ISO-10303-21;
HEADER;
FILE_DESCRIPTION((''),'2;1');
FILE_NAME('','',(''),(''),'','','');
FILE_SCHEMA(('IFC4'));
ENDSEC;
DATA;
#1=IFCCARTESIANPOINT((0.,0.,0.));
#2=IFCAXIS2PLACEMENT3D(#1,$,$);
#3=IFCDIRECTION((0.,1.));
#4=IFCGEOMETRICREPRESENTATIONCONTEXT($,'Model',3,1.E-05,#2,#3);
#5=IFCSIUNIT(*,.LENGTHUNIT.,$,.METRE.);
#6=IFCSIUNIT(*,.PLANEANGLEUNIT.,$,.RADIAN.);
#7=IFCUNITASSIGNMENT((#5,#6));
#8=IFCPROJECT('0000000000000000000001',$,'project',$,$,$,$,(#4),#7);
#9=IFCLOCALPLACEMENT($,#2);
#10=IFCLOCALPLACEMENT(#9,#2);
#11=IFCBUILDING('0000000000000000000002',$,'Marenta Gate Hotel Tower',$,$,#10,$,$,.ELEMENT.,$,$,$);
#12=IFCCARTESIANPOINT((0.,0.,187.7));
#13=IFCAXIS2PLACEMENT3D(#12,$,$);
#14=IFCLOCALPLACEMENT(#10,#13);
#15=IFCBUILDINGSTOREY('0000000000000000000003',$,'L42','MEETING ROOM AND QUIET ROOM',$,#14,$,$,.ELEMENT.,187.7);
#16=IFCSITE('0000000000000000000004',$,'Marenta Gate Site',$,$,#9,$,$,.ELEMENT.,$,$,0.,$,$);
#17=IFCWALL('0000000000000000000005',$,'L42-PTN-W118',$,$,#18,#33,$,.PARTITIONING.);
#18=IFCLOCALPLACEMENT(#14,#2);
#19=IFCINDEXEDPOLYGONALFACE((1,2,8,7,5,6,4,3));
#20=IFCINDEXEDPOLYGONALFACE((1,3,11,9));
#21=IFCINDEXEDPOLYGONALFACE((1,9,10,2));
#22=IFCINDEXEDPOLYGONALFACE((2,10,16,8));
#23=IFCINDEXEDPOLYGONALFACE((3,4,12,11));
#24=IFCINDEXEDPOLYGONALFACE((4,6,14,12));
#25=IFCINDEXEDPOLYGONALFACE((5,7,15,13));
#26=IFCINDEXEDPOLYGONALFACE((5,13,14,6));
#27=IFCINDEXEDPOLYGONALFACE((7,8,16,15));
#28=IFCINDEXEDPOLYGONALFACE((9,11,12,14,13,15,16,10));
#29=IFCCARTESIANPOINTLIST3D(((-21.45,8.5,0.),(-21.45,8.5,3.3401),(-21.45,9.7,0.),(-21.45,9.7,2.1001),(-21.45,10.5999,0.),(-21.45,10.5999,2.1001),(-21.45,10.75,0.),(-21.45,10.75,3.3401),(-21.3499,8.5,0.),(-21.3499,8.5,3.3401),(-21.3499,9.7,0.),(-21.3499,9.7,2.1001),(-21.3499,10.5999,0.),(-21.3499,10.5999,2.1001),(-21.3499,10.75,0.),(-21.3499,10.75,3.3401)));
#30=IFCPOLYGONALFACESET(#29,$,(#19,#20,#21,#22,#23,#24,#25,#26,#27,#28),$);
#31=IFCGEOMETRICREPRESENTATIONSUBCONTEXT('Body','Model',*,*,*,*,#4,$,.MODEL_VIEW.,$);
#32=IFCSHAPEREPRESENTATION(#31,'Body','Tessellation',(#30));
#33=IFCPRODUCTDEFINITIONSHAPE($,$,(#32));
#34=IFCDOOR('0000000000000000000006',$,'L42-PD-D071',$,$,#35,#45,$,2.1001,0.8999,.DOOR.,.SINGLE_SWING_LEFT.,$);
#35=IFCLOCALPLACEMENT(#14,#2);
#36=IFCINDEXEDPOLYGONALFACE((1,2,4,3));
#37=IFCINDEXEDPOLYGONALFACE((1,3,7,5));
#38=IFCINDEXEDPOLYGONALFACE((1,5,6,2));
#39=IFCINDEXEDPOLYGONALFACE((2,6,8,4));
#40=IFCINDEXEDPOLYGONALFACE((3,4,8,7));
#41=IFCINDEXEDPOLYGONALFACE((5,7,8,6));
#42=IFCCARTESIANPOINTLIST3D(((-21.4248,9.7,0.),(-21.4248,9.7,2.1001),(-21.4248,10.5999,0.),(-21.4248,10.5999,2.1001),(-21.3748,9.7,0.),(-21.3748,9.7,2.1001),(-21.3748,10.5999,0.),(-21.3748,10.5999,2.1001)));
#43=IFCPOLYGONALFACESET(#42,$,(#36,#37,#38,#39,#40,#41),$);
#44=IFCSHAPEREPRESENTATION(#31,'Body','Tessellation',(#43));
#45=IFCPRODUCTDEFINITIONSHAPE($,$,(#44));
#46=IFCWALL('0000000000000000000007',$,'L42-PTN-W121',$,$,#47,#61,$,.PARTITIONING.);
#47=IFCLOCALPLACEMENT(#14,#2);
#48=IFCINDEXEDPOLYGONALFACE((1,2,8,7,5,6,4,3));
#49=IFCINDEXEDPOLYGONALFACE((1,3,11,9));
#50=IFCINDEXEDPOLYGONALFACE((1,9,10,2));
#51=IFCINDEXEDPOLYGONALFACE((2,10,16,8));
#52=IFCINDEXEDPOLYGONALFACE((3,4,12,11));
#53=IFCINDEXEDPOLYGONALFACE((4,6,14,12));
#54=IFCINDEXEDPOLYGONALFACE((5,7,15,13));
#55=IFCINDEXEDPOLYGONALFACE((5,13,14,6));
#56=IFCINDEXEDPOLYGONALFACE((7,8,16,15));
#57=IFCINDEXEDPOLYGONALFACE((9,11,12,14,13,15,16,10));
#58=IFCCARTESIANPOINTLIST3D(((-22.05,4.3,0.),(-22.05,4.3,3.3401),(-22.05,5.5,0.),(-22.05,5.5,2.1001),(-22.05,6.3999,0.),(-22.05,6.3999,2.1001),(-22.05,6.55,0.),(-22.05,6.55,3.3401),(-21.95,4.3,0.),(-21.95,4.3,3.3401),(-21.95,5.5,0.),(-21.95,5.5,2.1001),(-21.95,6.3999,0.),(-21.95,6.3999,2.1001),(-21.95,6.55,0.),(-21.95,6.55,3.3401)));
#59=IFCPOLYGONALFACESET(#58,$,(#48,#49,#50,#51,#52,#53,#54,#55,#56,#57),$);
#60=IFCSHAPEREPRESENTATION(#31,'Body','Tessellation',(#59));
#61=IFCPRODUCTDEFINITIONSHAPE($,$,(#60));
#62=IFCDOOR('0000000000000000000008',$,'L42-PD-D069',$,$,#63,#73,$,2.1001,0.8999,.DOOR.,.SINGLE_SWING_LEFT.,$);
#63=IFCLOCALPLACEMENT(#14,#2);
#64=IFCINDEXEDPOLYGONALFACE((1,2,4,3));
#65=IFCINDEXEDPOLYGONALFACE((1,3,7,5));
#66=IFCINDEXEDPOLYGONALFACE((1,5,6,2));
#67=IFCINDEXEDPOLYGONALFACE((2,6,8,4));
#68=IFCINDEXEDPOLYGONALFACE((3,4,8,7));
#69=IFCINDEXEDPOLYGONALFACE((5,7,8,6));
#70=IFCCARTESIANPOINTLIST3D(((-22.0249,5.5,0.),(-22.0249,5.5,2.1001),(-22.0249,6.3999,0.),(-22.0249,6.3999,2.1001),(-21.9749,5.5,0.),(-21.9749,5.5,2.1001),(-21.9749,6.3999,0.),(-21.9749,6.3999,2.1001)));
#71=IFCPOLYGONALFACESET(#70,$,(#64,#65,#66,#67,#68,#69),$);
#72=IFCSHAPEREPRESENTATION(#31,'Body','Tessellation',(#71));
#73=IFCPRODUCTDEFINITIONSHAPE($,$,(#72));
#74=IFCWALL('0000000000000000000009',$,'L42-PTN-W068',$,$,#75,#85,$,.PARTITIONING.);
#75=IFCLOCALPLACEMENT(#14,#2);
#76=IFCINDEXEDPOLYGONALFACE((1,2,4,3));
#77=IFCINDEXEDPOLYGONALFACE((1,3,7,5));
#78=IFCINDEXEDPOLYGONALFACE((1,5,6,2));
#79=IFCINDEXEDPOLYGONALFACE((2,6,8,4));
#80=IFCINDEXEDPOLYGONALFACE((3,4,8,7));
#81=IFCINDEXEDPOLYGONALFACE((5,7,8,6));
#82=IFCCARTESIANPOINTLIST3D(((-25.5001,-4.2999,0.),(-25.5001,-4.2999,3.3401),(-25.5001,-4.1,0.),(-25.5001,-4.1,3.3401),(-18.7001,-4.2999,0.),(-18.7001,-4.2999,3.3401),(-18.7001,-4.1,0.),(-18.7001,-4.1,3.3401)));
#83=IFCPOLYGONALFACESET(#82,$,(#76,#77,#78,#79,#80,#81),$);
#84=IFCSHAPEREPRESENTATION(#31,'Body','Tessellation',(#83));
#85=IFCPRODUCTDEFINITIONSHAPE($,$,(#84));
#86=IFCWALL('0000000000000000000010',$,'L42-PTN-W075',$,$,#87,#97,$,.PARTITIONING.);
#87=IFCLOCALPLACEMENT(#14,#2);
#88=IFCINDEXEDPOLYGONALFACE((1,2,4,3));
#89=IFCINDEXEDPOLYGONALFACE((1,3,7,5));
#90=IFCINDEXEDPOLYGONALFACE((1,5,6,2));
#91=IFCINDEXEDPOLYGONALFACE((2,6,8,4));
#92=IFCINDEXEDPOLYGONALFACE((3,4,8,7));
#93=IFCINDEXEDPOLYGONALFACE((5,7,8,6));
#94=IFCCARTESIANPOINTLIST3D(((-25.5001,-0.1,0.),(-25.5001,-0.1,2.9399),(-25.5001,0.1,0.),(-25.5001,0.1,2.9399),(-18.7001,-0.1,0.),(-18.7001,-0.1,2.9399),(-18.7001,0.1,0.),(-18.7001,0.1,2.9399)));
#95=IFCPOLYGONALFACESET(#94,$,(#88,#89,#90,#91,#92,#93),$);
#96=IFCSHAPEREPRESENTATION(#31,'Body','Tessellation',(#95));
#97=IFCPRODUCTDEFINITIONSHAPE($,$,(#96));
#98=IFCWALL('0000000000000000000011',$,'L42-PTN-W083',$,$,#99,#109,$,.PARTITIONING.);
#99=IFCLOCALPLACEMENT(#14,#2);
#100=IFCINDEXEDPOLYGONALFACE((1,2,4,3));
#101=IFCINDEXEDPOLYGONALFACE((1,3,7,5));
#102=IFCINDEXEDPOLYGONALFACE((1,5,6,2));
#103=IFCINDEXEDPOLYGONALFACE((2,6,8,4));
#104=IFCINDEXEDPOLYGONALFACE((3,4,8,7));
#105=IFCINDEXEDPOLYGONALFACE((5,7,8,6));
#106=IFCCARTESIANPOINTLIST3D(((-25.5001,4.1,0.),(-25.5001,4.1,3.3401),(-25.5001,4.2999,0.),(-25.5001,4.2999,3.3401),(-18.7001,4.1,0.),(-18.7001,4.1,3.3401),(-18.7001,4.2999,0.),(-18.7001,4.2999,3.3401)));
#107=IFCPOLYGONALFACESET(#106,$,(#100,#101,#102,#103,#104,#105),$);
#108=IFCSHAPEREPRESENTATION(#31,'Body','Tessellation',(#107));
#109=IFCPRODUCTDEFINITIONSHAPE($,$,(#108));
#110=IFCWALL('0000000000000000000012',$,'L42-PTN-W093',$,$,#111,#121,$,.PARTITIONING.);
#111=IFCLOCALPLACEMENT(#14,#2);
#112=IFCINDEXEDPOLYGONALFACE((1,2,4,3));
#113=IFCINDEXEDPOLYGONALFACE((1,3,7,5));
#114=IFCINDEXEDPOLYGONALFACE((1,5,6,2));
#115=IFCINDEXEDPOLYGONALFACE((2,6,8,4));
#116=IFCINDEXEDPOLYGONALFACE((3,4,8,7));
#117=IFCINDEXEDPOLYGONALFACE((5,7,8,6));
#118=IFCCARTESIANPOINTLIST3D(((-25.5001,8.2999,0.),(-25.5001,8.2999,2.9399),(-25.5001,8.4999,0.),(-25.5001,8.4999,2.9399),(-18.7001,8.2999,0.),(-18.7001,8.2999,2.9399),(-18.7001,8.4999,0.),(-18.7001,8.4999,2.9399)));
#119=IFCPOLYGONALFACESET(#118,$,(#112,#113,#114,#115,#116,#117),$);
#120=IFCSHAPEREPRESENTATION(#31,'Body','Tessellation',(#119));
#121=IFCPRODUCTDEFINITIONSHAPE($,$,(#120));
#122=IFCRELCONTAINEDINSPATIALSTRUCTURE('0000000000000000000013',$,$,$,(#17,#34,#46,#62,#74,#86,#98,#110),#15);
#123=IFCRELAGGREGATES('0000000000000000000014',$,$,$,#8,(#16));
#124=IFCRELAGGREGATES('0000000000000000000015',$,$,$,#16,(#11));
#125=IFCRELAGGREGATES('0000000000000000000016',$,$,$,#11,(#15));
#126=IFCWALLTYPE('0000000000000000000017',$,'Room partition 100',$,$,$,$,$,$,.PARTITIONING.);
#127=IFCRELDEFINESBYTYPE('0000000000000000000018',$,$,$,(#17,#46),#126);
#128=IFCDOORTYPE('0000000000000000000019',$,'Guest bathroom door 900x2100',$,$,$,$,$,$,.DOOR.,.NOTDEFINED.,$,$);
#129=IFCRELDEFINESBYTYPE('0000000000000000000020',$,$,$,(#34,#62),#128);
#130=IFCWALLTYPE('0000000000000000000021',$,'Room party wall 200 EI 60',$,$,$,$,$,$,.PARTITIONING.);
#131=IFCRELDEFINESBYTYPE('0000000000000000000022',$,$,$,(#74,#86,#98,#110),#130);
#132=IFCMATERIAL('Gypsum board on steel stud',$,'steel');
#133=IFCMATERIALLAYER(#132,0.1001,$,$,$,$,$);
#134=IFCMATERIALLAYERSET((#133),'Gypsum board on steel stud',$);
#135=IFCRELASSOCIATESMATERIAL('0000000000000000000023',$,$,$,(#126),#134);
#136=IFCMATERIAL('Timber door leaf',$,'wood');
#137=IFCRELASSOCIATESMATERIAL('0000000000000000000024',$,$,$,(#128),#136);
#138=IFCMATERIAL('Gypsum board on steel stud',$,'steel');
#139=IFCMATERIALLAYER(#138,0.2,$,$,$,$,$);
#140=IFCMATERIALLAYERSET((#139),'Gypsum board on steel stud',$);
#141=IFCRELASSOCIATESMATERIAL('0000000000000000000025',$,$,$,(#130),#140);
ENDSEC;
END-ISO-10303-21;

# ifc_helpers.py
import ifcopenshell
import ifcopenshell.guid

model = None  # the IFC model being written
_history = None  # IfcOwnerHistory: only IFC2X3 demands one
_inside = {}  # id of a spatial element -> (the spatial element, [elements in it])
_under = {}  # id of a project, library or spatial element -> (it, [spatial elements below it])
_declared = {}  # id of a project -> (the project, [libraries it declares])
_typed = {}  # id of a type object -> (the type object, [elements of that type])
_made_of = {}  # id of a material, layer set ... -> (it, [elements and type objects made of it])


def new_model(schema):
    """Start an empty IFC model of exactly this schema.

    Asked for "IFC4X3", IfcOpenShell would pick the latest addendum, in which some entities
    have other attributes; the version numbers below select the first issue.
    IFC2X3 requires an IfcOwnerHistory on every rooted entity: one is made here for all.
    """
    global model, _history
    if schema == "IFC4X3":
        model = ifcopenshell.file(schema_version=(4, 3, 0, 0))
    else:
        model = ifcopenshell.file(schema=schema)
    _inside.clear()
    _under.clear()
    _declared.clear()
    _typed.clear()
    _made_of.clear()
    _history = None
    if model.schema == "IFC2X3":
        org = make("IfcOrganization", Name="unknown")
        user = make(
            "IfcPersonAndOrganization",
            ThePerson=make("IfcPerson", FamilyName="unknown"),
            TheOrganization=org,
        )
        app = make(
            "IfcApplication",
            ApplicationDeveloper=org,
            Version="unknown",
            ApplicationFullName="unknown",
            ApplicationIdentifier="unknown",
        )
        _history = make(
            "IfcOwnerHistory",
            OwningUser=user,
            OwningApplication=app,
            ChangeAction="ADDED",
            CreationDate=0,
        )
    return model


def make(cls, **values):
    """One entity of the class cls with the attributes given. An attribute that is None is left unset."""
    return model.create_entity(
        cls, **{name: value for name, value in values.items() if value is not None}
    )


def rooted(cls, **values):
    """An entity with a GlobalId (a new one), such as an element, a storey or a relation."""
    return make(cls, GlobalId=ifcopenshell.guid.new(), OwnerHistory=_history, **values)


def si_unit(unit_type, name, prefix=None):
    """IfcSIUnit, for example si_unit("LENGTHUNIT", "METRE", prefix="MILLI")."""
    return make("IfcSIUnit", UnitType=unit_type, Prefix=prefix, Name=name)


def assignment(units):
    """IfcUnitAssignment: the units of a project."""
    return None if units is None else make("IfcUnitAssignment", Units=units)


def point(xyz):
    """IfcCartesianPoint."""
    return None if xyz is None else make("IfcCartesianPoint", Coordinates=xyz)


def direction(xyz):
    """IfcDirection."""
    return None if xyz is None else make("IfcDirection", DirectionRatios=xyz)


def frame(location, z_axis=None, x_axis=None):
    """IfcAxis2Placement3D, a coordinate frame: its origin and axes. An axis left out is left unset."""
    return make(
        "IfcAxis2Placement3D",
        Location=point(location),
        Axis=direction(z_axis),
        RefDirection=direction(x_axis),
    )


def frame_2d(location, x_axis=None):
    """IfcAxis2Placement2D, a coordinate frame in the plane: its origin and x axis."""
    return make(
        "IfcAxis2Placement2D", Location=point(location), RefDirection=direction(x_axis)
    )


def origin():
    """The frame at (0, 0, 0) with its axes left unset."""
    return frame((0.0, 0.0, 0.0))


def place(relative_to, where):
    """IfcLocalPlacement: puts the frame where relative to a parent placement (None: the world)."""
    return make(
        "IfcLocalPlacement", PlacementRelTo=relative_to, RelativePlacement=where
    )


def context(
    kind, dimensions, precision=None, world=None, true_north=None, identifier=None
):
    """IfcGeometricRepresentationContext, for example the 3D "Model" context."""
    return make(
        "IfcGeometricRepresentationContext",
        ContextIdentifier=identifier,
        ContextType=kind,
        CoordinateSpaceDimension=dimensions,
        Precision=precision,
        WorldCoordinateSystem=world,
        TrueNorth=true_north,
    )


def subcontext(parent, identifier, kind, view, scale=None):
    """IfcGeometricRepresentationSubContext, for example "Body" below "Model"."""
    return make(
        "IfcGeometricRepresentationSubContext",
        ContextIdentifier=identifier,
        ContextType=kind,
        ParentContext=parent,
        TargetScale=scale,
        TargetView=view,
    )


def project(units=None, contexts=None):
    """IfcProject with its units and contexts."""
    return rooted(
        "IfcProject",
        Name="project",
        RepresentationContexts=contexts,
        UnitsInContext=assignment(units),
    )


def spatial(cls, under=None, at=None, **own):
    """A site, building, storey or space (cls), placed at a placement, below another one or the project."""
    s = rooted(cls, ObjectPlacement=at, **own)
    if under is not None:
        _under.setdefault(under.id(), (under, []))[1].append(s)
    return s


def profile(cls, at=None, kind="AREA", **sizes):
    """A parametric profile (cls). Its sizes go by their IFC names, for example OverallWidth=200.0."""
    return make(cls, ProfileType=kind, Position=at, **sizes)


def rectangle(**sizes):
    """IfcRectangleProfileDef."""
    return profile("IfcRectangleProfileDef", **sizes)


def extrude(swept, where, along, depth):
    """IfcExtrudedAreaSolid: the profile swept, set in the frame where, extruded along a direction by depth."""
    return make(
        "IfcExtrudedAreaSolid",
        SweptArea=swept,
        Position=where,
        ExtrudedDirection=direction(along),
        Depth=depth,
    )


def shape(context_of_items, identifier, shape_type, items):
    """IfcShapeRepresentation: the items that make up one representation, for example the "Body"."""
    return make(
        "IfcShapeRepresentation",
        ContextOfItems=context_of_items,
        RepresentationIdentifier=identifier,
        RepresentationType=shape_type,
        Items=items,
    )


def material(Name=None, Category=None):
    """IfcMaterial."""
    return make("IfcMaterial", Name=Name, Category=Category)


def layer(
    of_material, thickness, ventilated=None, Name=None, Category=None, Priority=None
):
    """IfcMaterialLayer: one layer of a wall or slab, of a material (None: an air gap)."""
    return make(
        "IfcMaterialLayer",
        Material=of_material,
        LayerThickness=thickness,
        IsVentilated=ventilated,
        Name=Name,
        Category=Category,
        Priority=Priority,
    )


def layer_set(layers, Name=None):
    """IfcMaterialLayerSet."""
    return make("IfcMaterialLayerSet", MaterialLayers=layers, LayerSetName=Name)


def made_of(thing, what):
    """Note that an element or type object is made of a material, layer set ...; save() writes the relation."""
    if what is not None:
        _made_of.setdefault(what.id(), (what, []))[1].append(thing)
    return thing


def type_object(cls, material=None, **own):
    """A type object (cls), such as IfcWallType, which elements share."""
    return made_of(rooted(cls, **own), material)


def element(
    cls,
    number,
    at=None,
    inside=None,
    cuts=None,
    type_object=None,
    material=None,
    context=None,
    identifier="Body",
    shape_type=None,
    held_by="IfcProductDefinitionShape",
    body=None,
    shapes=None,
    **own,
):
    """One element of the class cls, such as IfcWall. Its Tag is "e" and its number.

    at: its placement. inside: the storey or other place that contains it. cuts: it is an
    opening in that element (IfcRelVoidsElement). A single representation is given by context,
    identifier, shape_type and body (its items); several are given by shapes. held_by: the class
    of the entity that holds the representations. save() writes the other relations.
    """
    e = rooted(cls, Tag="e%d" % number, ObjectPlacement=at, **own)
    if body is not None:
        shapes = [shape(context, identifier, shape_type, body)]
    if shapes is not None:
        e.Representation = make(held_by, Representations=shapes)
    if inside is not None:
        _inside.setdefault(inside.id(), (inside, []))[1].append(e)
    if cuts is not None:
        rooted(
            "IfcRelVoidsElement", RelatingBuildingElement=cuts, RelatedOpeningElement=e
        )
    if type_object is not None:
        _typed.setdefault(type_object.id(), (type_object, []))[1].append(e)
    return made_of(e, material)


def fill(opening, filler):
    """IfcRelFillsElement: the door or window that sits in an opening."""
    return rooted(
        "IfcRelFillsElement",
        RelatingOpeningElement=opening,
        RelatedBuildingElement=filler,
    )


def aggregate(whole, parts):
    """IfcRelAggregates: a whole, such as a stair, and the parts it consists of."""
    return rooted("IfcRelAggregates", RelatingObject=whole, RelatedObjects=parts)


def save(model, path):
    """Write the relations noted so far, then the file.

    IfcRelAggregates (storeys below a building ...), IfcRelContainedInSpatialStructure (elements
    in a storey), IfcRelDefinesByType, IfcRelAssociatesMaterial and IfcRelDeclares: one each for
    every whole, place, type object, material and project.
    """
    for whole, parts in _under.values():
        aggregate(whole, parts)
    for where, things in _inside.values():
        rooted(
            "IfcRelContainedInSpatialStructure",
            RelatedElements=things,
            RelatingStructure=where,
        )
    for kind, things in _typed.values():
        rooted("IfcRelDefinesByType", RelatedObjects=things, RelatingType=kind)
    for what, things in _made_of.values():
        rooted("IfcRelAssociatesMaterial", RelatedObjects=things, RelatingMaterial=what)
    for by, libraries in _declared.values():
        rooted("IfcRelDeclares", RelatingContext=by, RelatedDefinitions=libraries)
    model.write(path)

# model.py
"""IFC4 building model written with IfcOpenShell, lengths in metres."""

from ifc_helpers import new_model, si_unit, direction, frame, frame_2d, origin, place, context, subcontext, project, spatial, rectangle, extrude, material, layer, layer_set, type_object, element, fill, save


model = new_model("IFC4")

# Units and contexts
model_context = context("Model", 3, precision=1e-05, world=origin(), true_north=direction((0.0, 1.0)))
body_context = subcontext(model_context, "Body", "Model", "MODEL_VIEW")
ifc_project = project(units=[si_unit("LENGTHUNIT", "METRE"), si_unit("PLANEANGLEUNIT", "RADIAN")], contexts=[model_context])

# Site, building, storey
site_placement = place(None, origin())
site = spatial("IfcSite", under=ifc_project, at=site_placement, Name="Marenta Gate Site", CompositionType="ELEMENT", RefElevation=0.0)
building_placement = place(site_placement, origin())
building = spatial("IfcBuilding", under=site, at=building_placement, Name="Marenta Gate Hotel Tower", CompositionType="ELEMENT")
storey_placement = place(building_placement, frame((0.0, 0.0, 187.7)))
storey = spatial("IfcBuildingStorey", under=building, at=storey_placement, Name="L42", Description="MEETING ROOM AND QUIET ROOM", CompositionType="ELEMENT", Elevation=187.7)

# Shared definitions
ifc_material_1 = material(Name="Gypsum board on steel stud", Category="steel")
ifc_layer_1 = layer(ifc_material_1, 0.1001)
ifc_layer_set_1 = layer_set([ifc_layer_1], Name="Gypsum board on steel stud")
wall_type_1 = type_object("IfcWallType", Name="Room partition 100", PredefinedType="PARTITIONING", material=ifc_layer_set_1)

# Walls, openings, doors
ifc_material_2 = material(Name="Timber door leaf", Category="wood")
door_type = type_object("IfcDoorType", Name="Guest bathroom door 900x2100", OperationType="NOTDEFINED", PredefinedType="DOOR", material=ifc_material_2)
wall_1_placement = place(storey_placement, frame((-21.3999, 8.5, 0.0), z_axis=(0.0, 0.0, 1.0), x_axis=(0.0, 1.0, 0.0)))
wall_1 = element("IfcWall", 1, at=wall_1_placement, inside=storey, type_object=wall_type_1, Name="L42-PTN-W118", PredefinedType="PARTITIONING", context=body_context, shape_type="SweptSolid", body=[
    extrude(rectangle(XDim=2.25, YDim=0.1001, at=frame_2d((1.125, 0.0))), origin(), (0.0, 0.0, 1.0), 3.3401),
])
opening_1_placement = place(wall_1_placement, frame((1.2, 0.0, 0.0)))
opening_1 = element("IfcOpeningElement", 2, at=opening_1_placement, cuts=wall_1, PredefinedType="OPENING", context=body_context, shape_type="SweptSolid", body=[
    extrude(rectangle(XDim=0.8999, YDim=2.1001, at=frame_2d((0.45, 1.05))), frame((0.0, 0.05, 0.0), z_axis=(0.0, -1.0, 0.0), x_axis=(1.0, 0.0, 0.0)), (0.0, 0.0, 1.0), 0.1001),
])
door_1_placement = place(opening_1_placement, origin())
door_1 = element("IfcDoor", 3, at=door_1_placement, inside=storey, type_object=door_type, Name="L42-PD-D071", OperationType="SINGLE_SWING_LEFT", OverallHeight=2.1001, OverallWidth=0.8999, PredefinedType="DOOR", context=body_context, shape_type="SweptSolid", body=[
    extrude(rectangle(XDim=0.8999, YDim=2.1001, at=frame_2d((0.45, 1.05))), frame((0.0, 0.0249, 0.0), z_axis=(0.0, -1.0, 0.0), x_axis=(1.0, 0.0, 0.0)), (0.0, 0.0, 1.0), 0.05),
])
fill(opening_1, door_1)
wall_2_placement = place(storey_placement, frame((-22.0, 4.3, 0.0), z_axis=(0.0, 0.0, 1.0), x_axis=(0.0, 1.0, 0.0)))
wall_2 = element("IfcWall", 4, at=wall_2_placement, inside=storey, type_object=wall_type_1, Name="L42-PTN-W121", PredefinedType="PARTITIONING", context=body_context, shape_type="SweptSolid", body=[
    extrude(rectangle(XDim=2.25, YDim=0.1001, at=frame_2d((1.125, 0.0))), origin(), (0.0, 0.0, 1.0), 3.3401),
])
opening_2_placement = place(wall_2_placement, frame((1.2, 0.0, 0.0)))
opening_2 = element("IfcOpeningElement", 5, at=opening_2_placement, cuts=wall_2, PredefinedType="OPENING", context=body_context, shape_type="SweptSolid", body=[
    extrude(rectangle(XDim=0.8999, YDim=2.1001, at=frame_2d((0.45, 1.05))), frame((0.0, 0.05, 0.0), z_axis=(0.0, -1.0, 0.0), x_axis=(1.0, 0.0, 0.0)), (0.0, 0.0, 1.0), 0.1001),
])
door_2_placement = place(opening_2_placement, origin())
door_2 = element("IfcDoor", 6, at=door_2_placement, inside=storey, type_object=door_type, Name="L42-PD-D069", OperationType="SINGLE_SWING_LEFT", OverallHeight=2.1001, OverallWidth=0.8999, PredefinedType="DOOR", context=body_context, shape_type="SweptSolid", body=[
    extrude(rectangle(XDim=0.8999, YDim=2.1001, at=frame_2d((0.45, 1.05))), frame((0.0, 0.0249, 0.0), z_axis=(0.0, -1.0, 0.0), x_axis=(1.0, 0.0, 0.0)), (0.0, 0.0, 1.0), 0.05),
])
fill(opening_2, door_2)

# Walls
ifc_material_3 = material(Name="Gypsum board on steel stud", Category="steel")
ifc_layer_2 = layer(ifc_material_3, 0.2)
ifc_layer_set_2 = layer_set([ifc_layer_2], Name="Gypsum board on steel stud")
wall_type_2 = type_object("IfcWallType", Name="Room party wall 200 EI 60", PredefinedType="PARTITIONING", material=ifc_layer_set_2)
wall_3_placement = place(storey_placement, frame((-25.5, -4.2, 0.0), z_axis=(0.0, 0.0, 1.0), x_axis=(1.0, 0.0, 0.0)))
element("IfcWall", 7, at=wall_3_placement, inside=storey, type_object=wall_type_2, Name="L42-PTN-W068", PredefinedType="PARTITIONING", context=body_context, shape_type="SweptSolid", body=[
    extrude(rectangle(XDim=6.8, YDim=0.2, at=frame_2d((3.3999, 0.0))), origin(), (0.0, 0.0, 1.0), 3.3401),
])
wall_4_placement = place(storey_placement, frame((-25.5, 0.0, 0.0), z_axis=(0.0, 0.0, 1.0), x_axis=(1.0, 0.0, 0.0)))
element("IfcWall", 8, at=wall_4_placement, inside=storey, type_object=wall_type_2, Name="L42-PTN-W075", PredefinedType="PARTITIONING", context=body_context, shape_type="SweptSolid", body=[
    extrude(rectangle(XDim=6.8, YDim=0.2, at=frame_2d((3.3999, 0.0))), origin(), (0.0, 0.0, 1.0), 2.9399),
])
wall_5_placement = place(storey_placement, frame((-25.5, 4.2, 0.0), z_axis=(0.0, 0.0, 1.0), x_axis=(1.0, 0.0, 0.0)))
element("IfcWall", 9, at=wall_5_placement, inside=storey, type_object=wall_type_2, Name="L42-PTN-W083", PredefinedType="PARTITIONING", context=body_context, shape_type="SweptSolid", body=[
    extrude(rectangle(XDim=6.8, YDim=0.2, at=frame_2d((3.3999, 0.0))), origin(), (0.0, 0.0, 1.0), 3.3401),
])
wall_6_placement = place(storey_placement, frame((-25.5, 8.3999, 0.0), z_axis=(0.0, 0.0, 1.0), x_axis=(1.0, 0.0, 0.0)))
element("IfcWall", 10, at=wall_6_placement, inside=storey, type_object=wall_type_2, Name="L42-PTN-W093", PredefinedType="PARTITIONING", context=body_context, shape_type="SweptSolid", body=[
    extrude(rectangle(XDim=6.8, YDim=0.2, at=frame_2d((3.3999, 0.0))), origin(), (0.0, 0.0, 1.0), 2.9399),
])

save(model, "model.ifc")
